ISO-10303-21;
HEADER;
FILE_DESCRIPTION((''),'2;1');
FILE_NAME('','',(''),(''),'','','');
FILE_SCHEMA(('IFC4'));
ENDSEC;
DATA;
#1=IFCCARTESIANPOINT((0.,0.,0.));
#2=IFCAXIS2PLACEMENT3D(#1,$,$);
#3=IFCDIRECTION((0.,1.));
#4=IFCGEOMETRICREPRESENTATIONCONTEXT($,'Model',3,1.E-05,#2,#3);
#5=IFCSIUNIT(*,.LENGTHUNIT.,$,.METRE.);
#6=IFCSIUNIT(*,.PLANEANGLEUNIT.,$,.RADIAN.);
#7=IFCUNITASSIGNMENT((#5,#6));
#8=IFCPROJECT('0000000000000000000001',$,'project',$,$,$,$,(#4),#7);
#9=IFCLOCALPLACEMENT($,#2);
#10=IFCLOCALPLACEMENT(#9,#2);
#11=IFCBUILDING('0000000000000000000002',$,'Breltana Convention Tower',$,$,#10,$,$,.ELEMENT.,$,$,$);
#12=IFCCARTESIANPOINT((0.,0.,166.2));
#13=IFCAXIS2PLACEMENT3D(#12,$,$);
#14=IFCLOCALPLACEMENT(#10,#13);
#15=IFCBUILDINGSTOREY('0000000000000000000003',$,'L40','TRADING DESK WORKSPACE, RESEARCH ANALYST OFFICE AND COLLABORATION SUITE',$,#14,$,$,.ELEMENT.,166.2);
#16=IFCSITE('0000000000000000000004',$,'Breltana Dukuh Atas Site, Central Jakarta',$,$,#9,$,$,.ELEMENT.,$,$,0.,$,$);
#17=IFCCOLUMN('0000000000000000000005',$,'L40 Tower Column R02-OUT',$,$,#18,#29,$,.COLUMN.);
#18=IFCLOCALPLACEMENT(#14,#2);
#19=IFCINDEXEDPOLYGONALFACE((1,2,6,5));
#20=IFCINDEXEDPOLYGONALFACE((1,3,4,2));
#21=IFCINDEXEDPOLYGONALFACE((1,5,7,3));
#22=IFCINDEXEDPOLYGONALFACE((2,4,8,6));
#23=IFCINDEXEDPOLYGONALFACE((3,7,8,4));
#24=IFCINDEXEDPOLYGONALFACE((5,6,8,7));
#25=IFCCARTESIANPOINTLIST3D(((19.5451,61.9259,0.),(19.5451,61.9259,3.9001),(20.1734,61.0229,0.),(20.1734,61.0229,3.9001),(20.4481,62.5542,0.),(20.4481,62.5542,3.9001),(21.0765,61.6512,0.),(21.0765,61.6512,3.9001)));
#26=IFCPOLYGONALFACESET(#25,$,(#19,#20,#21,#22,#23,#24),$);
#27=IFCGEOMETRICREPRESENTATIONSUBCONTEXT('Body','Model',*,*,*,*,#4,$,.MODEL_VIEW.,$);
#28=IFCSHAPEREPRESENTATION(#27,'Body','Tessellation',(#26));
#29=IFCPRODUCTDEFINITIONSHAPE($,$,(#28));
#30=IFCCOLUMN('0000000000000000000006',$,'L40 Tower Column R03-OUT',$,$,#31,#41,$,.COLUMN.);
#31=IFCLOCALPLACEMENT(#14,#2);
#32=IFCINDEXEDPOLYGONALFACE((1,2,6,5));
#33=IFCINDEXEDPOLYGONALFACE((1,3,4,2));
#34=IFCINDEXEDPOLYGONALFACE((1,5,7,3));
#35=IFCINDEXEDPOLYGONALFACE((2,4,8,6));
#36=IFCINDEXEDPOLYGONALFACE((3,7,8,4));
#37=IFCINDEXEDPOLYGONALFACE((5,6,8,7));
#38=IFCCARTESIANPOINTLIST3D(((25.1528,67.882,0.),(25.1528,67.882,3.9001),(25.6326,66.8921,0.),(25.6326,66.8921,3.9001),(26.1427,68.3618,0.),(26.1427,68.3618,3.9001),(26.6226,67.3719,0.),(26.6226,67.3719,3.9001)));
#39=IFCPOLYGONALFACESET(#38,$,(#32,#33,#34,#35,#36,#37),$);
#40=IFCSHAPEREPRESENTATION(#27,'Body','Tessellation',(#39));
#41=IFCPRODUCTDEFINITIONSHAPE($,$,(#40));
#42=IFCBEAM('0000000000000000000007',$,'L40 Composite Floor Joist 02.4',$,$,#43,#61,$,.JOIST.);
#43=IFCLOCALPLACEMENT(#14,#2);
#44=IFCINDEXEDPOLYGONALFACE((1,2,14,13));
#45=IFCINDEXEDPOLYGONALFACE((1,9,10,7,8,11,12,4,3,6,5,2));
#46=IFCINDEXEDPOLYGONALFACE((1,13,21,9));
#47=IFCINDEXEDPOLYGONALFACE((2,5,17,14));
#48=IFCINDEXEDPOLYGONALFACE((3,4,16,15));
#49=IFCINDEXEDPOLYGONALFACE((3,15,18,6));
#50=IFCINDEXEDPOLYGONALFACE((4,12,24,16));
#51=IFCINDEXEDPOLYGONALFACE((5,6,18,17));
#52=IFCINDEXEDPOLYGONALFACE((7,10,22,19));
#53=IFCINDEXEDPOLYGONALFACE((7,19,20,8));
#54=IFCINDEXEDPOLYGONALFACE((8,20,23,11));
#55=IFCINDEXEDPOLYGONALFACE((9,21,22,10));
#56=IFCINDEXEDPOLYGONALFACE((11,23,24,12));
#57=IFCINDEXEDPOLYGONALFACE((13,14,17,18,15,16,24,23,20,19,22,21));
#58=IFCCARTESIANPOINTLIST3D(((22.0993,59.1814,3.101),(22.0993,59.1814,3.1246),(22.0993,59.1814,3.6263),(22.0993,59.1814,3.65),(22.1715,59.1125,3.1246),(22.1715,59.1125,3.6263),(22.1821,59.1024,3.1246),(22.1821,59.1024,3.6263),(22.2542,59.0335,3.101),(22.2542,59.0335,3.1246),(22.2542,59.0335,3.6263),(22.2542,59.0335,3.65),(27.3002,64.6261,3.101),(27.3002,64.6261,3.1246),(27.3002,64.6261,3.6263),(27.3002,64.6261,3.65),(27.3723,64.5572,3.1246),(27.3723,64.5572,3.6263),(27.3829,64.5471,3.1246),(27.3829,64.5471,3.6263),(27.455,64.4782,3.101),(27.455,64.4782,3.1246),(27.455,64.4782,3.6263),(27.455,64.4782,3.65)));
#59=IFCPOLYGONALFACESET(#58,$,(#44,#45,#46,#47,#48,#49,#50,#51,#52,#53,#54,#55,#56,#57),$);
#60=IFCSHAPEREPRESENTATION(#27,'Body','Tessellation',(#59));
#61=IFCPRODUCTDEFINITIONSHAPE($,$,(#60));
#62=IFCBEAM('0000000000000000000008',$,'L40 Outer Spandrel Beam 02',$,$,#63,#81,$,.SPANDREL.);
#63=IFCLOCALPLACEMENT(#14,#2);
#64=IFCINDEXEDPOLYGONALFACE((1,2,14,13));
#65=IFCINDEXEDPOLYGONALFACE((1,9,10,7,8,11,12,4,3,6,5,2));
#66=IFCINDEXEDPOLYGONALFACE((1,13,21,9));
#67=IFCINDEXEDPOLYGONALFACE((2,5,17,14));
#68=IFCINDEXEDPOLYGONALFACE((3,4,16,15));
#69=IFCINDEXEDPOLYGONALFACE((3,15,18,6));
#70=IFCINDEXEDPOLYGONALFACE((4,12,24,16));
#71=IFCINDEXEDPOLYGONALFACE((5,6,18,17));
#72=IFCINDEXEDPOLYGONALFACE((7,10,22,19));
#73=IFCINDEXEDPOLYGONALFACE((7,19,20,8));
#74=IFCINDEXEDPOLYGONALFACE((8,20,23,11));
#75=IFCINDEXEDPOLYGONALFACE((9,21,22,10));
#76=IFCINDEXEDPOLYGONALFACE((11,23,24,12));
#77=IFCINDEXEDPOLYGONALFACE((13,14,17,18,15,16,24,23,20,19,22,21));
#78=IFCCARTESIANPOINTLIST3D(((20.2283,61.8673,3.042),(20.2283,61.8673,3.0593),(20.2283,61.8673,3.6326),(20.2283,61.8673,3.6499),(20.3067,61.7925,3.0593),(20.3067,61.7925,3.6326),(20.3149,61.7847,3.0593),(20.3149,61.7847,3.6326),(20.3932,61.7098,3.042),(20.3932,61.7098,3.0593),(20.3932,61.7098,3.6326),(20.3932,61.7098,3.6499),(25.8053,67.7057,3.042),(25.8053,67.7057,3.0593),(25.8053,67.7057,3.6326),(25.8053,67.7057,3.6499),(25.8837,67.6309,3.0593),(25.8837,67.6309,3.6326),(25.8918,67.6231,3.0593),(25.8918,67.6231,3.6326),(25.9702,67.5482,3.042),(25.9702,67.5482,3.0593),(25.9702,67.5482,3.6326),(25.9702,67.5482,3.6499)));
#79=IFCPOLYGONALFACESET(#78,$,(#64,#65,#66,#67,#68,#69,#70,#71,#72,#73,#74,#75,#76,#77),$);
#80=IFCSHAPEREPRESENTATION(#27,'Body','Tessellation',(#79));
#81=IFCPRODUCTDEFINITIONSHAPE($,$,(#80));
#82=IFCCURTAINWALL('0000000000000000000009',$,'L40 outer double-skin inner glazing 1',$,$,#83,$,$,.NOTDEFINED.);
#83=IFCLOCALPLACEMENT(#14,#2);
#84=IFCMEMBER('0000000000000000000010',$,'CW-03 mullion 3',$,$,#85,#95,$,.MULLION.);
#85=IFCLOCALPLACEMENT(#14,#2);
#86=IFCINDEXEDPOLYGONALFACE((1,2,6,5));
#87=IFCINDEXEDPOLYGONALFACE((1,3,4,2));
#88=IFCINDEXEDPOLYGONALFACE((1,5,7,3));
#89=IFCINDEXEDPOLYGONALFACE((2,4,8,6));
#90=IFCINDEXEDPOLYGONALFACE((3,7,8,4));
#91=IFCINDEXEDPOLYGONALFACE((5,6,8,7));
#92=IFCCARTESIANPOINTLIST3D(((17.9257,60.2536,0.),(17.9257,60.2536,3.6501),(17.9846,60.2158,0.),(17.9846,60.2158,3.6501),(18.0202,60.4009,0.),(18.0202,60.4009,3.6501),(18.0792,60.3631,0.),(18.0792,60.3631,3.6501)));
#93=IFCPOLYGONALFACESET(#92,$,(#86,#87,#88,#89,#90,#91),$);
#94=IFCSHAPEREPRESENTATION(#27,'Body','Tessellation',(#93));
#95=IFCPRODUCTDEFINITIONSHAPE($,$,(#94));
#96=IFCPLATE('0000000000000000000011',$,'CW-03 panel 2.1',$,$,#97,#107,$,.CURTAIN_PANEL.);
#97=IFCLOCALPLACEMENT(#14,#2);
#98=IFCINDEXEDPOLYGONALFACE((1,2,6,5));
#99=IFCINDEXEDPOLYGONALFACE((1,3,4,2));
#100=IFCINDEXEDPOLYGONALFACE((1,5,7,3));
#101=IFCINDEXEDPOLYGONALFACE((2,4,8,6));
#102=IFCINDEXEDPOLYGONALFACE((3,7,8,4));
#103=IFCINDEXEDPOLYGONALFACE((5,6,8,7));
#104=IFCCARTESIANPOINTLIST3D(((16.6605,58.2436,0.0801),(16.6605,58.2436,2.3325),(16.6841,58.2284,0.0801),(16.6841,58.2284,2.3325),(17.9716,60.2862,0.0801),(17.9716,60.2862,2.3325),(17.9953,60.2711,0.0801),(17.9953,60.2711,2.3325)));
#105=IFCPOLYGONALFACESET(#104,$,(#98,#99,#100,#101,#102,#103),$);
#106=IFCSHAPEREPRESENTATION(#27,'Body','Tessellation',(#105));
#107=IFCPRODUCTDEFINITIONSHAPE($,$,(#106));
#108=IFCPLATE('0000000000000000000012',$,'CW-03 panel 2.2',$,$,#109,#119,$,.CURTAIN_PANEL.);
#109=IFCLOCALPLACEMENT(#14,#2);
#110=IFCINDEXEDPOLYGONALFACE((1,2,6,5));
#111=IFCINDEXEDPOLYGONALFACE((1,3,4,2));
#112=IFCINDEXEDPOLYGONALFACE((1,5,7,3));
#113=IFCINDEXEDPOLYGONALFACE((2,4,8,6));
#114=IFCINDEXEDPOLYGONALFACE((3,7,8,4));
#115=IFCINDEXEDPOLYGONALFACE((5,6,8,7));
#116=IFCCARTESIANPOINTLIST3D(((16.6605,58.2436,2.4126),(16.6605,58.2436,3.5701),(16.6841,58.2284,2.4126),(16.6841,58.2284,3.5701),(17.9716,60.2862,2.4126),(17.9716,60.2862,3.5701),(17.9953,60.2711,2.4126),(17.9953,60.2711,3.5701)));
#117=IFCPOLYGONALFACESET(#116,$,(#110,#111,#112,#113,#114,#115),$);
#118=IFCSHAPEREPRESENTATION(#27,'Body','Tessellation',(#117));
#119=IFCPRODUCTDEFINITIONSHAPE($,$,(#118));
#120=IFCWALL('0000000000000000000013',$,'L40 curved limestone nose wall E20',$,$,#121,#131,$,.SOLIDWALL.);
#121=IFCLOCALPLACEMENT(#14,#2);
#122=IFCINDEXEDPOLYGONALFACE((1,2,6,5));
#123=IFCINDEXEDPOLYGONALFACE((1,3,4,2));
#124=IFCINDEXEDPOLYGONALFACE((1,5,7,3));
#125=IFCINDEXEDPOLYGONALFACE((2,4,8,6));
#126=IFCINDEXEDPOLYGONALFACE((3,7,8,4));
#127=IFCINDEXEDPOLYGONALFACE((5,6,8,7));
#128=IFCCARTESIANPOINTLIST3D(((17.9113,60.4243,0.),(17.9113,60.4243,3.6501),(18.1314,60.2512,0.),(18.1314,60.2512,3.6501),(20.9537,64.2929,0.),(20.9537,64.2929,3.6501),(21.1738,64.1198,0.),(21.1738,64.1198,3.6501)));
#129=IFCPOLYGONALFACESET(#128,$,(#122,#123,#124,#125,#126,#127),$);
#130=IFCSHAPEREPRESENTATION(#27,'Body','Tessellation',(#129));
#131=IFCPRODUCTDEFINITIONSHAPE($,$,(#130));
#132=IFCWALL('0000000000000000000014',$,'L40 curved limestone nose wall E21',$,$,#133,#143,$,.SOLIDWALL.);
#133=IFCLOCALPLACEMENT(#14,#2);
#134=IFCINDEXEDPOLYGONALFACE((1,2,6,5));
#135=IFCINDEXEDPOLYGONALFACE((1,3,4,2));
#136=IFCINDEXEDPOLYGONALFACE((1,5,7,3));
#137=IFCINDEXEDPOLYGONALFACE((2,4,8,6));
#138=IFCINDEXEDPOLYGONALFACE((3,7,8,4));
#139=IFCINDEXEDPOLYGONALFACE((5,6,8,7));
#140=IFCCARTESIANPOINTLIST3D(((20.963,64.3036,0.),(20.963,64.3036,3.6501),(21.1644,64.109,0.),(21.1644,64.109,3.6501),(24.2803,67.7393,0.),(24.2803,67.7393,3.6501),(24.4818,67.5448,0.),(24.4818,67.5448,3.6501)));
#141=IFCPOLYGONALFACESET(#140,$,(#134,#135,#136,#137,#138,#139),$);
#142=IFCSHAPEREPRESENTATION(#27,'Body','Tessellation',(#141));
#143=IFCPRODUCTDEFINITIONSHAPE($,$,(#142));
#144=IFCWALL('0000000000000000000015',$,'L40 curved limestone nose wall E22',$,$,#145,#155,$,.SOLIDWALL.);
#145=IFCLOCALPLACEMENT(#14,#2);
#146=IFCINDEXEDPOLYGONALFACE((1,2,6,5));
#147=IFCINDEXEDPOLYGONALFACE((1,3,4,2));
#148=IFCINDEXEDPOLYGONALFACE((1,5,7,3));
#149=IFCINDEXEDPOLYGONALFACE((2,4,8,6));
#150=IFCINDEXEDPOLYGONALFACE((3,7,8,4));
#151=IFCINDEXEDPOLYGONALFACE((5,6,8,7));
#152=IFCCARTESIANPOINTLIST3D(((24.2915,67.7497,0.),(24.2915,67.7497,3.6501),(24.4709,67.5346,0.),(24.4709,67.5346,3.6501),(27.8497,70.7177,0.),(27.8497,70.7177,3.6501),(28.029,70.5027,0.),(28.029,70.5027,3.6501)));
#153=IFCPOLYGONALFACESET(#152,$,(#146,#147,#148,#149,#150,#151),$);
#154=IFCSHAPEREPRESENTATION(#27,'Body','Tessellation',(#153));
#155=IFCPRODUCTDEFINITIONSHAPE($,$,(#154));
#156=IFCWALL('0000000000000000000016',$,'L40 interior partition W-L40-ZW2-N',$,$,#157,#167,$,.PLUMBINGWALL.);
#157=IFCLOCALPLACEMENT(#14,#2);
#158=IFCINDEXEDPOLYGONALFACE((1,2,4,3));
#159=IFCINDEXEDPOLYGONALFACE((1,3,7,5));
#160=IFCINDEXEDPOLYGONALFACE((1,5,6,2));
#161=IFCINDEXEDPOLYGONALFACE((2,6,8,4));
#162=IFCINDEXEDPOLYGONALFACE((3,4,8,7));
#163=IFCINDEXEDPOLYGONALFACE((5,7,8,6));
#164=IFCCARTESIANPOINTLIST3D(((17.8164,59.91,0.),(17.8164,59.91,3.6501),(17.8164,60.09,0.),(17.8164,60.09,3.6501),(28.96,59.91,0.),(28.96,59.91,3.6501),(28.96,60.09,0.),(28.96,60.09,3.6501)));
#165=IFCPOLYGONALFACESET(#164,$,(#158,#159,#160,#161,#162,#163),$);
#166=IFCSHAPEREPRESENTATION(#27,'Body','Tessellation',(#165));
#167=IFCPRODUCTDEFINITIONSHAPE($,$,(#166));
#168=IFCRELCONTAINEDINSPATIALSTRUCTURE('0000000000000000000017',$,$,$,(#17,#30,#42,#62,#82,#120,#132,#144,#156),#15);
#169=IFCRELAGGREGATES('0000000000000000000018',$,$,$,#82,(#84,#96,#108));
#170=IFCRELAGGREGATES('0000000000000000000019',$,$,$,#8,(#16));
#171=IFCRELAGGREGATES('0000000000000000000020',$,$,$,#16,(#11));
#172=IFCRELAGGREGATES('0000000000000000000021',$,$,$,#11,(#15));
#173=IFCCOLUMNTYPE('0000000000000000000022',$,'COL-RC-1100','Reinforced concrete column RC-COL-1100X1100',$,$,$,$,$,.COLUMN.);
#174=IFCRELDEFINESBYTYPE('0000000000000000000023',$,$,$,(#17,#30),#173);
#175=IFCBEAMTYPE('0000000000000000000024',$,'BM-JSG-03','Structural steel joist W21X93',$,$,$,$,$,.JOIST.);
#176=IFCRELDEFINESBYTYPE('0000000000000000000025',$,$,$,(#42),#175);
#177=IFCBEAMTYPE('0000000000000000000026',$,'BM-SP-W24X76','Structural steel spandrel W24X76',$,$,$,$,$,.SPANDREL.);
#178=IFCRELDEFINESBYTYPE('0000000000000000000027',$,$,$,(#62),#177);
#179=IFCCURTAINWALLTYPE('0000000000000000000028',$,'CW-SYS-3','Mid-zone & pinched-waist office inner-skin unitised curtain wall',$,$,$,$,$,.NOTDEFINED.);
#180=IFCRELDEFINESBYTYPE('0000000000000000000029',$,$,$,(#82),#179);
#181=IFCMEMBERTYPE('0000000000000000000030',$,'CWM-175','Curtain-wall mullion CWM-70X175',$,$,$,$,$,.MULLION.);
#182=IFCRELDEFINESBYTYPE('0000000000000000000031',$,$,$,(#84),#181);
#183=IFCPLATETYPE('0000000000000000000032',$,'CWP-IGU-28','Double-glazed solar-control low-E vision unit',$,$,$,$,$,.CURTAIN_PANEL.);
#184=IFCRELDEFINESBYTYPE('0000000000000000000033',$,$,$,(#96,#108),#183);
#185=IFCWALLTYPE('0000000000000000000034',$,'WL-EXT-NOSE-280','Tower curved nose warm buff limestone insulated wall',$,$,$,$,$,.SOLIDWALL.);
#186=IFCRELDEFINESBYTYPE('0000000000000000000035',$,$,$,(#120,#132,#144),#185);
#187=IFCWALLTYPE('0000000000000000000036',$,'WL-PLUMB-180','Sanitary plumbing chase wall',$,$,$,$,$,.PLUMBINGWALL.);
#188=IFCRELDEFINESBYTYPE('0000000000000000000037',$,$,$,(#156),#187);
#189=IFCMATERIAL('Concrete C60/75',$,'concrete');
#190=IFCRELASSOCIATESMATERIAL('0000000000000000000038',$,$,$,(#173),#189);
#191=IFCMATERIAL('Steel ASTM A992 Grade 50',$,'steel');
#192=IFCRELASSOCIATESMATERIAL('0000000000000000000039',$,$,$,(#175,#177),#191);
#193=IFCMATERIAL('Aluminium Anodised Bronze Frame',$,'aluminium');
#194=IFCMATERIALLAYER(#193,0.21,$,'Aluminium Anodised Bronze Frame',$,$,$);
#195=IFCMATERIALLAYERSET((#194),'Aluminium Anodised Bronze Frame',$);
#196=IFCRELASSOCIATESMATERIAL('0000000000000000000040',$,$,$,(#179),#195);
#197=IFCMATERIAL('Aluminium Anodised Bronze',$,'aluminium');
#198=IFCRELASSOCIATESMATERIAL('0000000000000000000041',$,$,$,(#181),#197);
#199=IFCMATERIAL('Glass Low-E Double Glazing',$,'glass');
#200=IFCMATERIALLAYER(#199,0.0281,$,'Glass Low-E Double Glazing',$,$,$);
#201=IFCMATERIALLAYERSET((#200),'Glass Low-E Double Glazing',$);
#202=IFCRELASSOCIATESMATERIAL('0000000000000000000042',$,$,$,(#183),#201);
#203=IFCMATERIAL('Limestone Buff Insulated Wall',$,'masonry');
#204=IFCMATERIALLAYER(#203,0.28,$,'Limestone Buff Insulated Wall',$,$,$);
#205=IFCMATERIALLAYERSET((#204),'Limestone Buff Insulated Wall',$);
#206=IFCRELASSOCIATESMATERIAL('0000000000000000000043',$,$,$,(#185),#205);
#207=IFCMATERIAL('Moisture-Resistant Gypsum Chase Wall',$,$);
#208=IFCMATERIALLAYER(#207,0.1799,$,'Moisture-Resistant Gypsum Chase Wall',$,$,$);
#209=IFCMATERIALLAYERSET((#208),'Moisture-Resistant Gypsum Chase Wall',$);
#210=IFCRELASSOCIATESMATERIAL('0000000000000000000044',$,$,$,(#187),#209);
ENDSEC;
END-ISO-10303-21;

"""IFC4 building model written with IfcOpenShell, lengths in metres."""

from ifc_helpers import new_model, si_unit, direction, frame, frame_2d, origin, origin_2d, place, context, subcontext, project, spatial, rectangle, i_section, extrude, source, transform, mapped, material, layer, layer_set, material_profile, profile_set, type_object, element, aggregate, save


model = new_model("IFC4")

# Units and contexts
model_context = context("Model", 3, precision=1e-05, world=origin(), true_north=direction((0.0, 1.0)))
body_context = subcontext(model_context, "Body", "Model", "MODEL_VIEW")
ifc_project = project(units=[si_unit("LENGTHUNIT", "METRE"), si_unit("PLANEANGLEUNIT", "RADIAN")], contexts=[model_context])

# Site, building, storey
site_placement = place(None, origin())
site = spatial("IfcSite", under=ifc_project, at=site_placement, Name="Breltana Dukuh Atas Site, Central Jakarta", CompositionType="ELEMENT", RefElevation=0.0)
building_placement = place(site_placement, origin())
building = spatial("IfcBuilding", under=site, at=building_placement, Name="Breltana Convention Tower", CompositionType="ELEMENT")
storey_placement = place(building_placement, frame((0.0, 0.0, 166.2)))
storey = spatial("IfcBuildingStorey", under=building, at=storey_placement, Name="L40", Description="TRADING DESK WORKSPACE, RESEARCH ANALYST OFFICE AND COLLABORATION SUITE", CompositionType="ELEMENT", Elevation=166.2)

# Columns
ifc_material_1 = material(Name="Concrete C60/75", Category="concrete")
ifc_material_profile_1 = material_profile(ifc_material_1, rectangle(XDim=1.1001, YDim=1.1001, at=origin_2d()), Name="RC-COL-1100X1100")
ifc_profile_set_1 = profile_set([ifc_material_profile_1], Name="Concrete C60/75")
column_type = type_object("IfcColumnType", Name="COL-RC-1100", Description="Reinforced concrete column RC-COL-1100X1100", PredefinedType="COLUMN", material=ifc_profile_set_1)
shared_shape_1 = source(origin(), body_context, "Body", "SweptSolid", [
    extrude(rectangle(XDim=1.1001, YDim=1.1001, at=origin_2d()), origin(), (0.0, 0.0, 1.0), 3.9001),
])
for number, where, z_axis, x_axis, name in (
    (1, (20.3108, 61.7886, 0.0), (0.0, 0.0, 1.0), (-0.571143, 0.82085, 0.0), "L40 Tower Column R02-OUT"),
    (2, (25.8877, 67.627, 0.0), (0.0, 0.0, 1.0), (-0.436174, 0.899863, 0.0), "L40 Tower Column R03-OUT"),
):
    element("IfcColumn", number, at=place(storey_placement, frame(where, z_axis=z_axis, x_axis=x_axis)), inside=storey, type_object=column_type, Name=name, PredefinedType="COLUMN", context=body_context, shape_type="MappedRepresentation", body=[
        mapped(shared_shape_1, transform((0.0, 0.0, 0.0), scale=1.0)),
    ])

# Beams
ifc_material_2 = material(Name="Steel ASTM A992 Grade 50", Category="steel")
ifc_material_profile_2 = material_profile(ifc_material_2, i_section(OverallWidth=0.2141, OverallDepth=0.5491, WebThickness=0.0146, FlangeThickness=0.0237, at=origin_2d()), Name="W21X93")
ifc_profile_set_2 = profile_set([ifc_material_profile_2], Name="Steel ASTM A992 Grade 50")
beam_type_1 = type_object("IfcBeamType", Name="BM-JSG-03", Description="Structural steel joist W21X93", PredefinedType="JOIST", material=ifc_profile_set_2)
shared_shape_2 = source(origin(), body_context, "Body", "SweptSolid", [
    extrude(i_section(OverallWidth=0.2141, OverallDepth=0.5491, WebThickness=0.0146, FlangeThickness=0.0237, at=origin_2d()), origin(), (0.0, 0.0, 1.0), 7.5295),
])
beam_1_placement = place(storey_placement, frame((22.1768, 59.1074, 3.3755), z_axis=(0.690726, 0.723117, 0.0), x_axis=(-0.723117, 0.690726, 0.0)))
element("IfcBeam", 3, at=beam_1_placement, inside=storey, type_object=beam_type_1, Name="L40 Composite Floor Joist 02.4", PredefinedType="JOIST", context=body_context, shape_type="MappedRepresentation", body=[
    mapped(shared_shape_2, transform((0.0, 0.0, 0.0), scale=1.0)),
])
ifc_material_profile_3 = material_profile(ifc_material_2, i_section(OverallWidth=0.228, OverallDepth=0.6079, WebThickness=0.0112, FlangeThickness=0.0173, at=origin_2d()), Name="W24X76")
ifc_profile_set_3 = profile_set([ifc_material_profile_3], Name="Steel ASTM A992 Grade 50")
beam_type_2 = type_object("IfcBeamType", Name="BM-SP-W24X76", Description="Structural steel spandrel W24X76", PredefinedType="SPANDREL", material=ifc_profile_set_3)
shared_shape_3 = source(origin(), body_context, "Body", "SweptSolid", [
    extrude(i_section(OverallWidth=0.228, OverallDepth=0.6079, WebThickness=0.0112, FlangeThickness=0.0173, at=origin_2d()), origin(), (0.0, 0.0, 1.0), 8.074),
])
beam_2_placement = place(storey_placement, frame((20.3108, 61.7886, 3.3459), z_axis=(0.690729, 0.723114, 0.0), x_axis=(-0.723114, 0.690729, 0.0)))
element("IfcBeam", 4, at=beam_2_placement, inside=storey, type_object=beam_type_2, Name="L40 Outer Spandrel Beam 02", PredefinedType="SPANDREL", context=body_context, shape_type="MappedRepresentation", body=[
    mapped(shared_shape_3, transform((0.0, 0.0, 0.0), scale=1.0)),
])

# Curtain wall, member, plates
ifc_material_3 = material(Name="Aluminium Anodised Bronze Frame", Category="aluminium")
ifc_layer_1 = layer(ifc_material_3, 0.21, Name="Aluminium Anodised Bronze Frame")
ifc_layer_set_1 = layer_set([ifc_layer_1], Name="Aluminium Anodised Bronze Frame")
curtain_wall_type = type_object("IfcCurtainWallType", Name="CW-SYS-3", Description="Mid-zone & pinched-waist office inner-skin unitised curtain wall", PredefinedType="NOTDEFINED", material=ifc_layer_set_1)
curtain_wall_placement = place(storey_placement, origin())
curtain_wall = element("IfcCurtainWall", 5, at=curtain_wall_placement, inside=storey, type_object=curtain_wall_type, Name="L40 outer double-skin inner glazing 1", PredefinedType="NOTDEFINED")
ifc_material_4 = material(Name="Aluminium Anodised Bronze", Category="aluminium")
ifc_material_profile_4 = material_profile(ifc_material_4, rectangle(XDim=0.0701, YDim=0.175, at=origin_2d()), Name="CWM-70X175")
ifc_profile_set_4 = profile_set([ifc_material_profile_4], Name="Aluminium Anodised Bronze")
member_type = type_object("IfcMemberType", Name="CWM-175", Description="Curtain-wall mullion CWM-70X175", PredefinedType="MULLION", material=ifc_profile_set_4)
shared_shape_4 = source(origin(), body_context, "Body", "SweptSolid", [
    extrude(rectangle(XDim=0.0701, YDim=0.175, at=origin_2d()), origin(), (0.0, 0.0, 1.0), 3.6501),
])
member_placement = place(storey_placement, frame((18.0024, 60.3083, 0.0), z_axis=(0.0, 0.0, 1.0), x_axis=(-0.841554, 0.540173, 0.0)))
member = element("IfcMember", 6, at=member_placement, type_object=member_type, Name="CW-03 mullion 3", PredefinedType="MULLION", context=body_context, shape_type="MappedRepresentation", body=[
    mapped(shared_shape_4, transform((0.0, 0.0, 0.0), scale=1.0)),
])
ifc_material_5 = material(Name="Glass Low-E Double Glazing", Category="glass")
ifc_layer_2 = layer(ifc_material_5, 0.0281, Name="Glass Low-E Double Glazing")
ifc_layer_set_2 = layer_set([ifc_layer_2], Name="Glass Low-E Double Glazing")
plate_type = type_object("IfcPlateType", Name="CWP-IGU-28", Description="Double-glazed solar-control low-E vision unit", PredefinedType="CURTAIN_PANEL", material=ifc_layer_set_2)
shared_shape_5 = source(origin(), body_context, "Body", "SweptSolid", [
    extrude(rectangle(XDim=2.4272, YDim=0.0281, at=origin_2d()), origin(), (0.0, 0.0, 1.0), 2.2524),
])
plate_1_placement = place(storey_placement, frame((17.3279, 59.2573, 0.0801), z_axis=(0.0, 0.0, 1.0), x_axis=(0.540173, 0.841554, 0.0)))
plate_1 = element("IfcPlate", 7, at=plate_1_placement, type_object=plate_type, Name="CW-03 panel 2.1", PredefinedType="CURTAIN_PANEL", context=body_context, shape_type="MappedRepresentation", body=[
    mapped(shared_shape_5, transform((0.0, 0.0, 0.0), scale=1.0)),
])
shared_shape_6 = source(origin(), body_context, "Body", "SweptSolid", [
    extrude(rectangle(XDim=2.4272, YDim=0.0281, at=origin_2d()), origin(), (0.0, 0.0, 1.0), 1.1575),
])
plate_2_placement = place(storey_placement, frame((17.3279, 59.2573, 2.4126), z_axis=(0.0, 0.0, 1.0), x_axis=(0.540173, 0.841554, 0.0)))
plate_2 = element("IfcPlate", 8, at=plate_2_placement, type_object=plate_type, Name="CW-03 panel 2.2", PredefinedType="CURTAIN_PANEL", context=body_context, shape_type="MappedRepresentation", body=[
    mapped(shared_shape_6, transform((0.0, 0.0, 0.0), scale=1.0)),
])
aggregate(curtain_wall, [member, plate_1, plate_2])

# Walls
ifc_material_6 = material(Name="Limestone Buff Insulated Wall", Category="masonry")
ifc_layer_3 = layer(ifc_material_6, 0.28, Name="Limestone Buff Insulated Wall")
ifc_layer_set_3 = layer_set([ifc_layer_3], Name="Limestone Buff Insulated Wall")
wall_type_1 = type_object("IfcWallType", Name="WL-EXT-NOSE-280", Description="Tower curved nose warm buff limestone insulated wall", PredefinedType="SOLIDWALL", material=ifc_layer_set_3)
shared_shape_7 = source(origin(), body_context, "Body", "SweptSolid", [
    extrude(rectangle(XDim=4.9216, YDim=0.28, at=frame_2d((2.4609, 0.0))), origin(), (0.0, 0.0, 1.0), 3.6501),
])
wall_1_placement = place(storey_placement, frame((18.0212, 60.3376, 0.0), z_axis=(0.0, 0.0, 1.0), x_axis=(0.618176, 0.786039, 0.0)))
element("IfcWall", 9, at=wall_1_placement, inside=storey, type_object=wall_type_1, Name="L40 curved limestone nose wall E20", PredefinedType="SOLIDWALL", context=body_context, shape_type="MappedRepresentation", body=[
    mapped(shared_shape_7, transform((0.0, 0.0, 0.0), scale=1.0)),
])
shared_shape_8 = source(origin(), body_context, "Body", "SweptSolid", [
    extrude(rectangle(XDim=4.7759, YDim=0.28, at=frame_2d((2.3879, 0.0))), origin(), (0.0, 0.0, 1.0), 3.6501),
])
wall_2_placement = place(storey_placement, frame((21.0637, 64.2063, 0.0), z_axis=(0.0, 0.0, 1.0), x_axis=(0.694602, 0.719394, 0.0)))
element("IfcWall", 10, at=wall_2_placement, inside=storey, type_object=wall_type_1, Name="L40 curved limestone nose wall E21", PredefinedType="SOLIDWALL", context=body_context, shape_type="MappedRepresentation", body=[
    mapped(shared_shape_8, transform((0.0, 0.0, 0.0), scale=1.0)),
])
shared_shape_9 = source(origin(), body_context, "Body", "SweptSolid", [
    extrude(rectangle(XDim=4.6335, YDim=0.28, at=frame_2d((2.3169, 0.0))), origin(), (0.0, 0.0, 1.0), 3.6501),
])
wall_3_placement = place(storey_placement, frame((24.3811, 67.6421, 0.0), z_axis=(0.0, 0.0, 1.0), x_axis=(0.76791, 0.640557, 0.0)))
element("IfcWall", 11, at=wall_3_placement, inside=storey, type_object=wall_type_1, Name="L40 curved limestone nose wall E22", PredefinedType="SOLIDWALL", context=body_context, shape_type="MappedRepresentation", body=[
    mapped(shared_shape_9, transform((0.0, 0.0, 0.0), scale=1.0)),
])
ifc_material_7 = material(Name="Moisture-Resistant Gypsum Chase Wall")
ifc_layer_4 = layer(ifc_material_7, 0.1799, Name="Moisture-Resistant Gypsum Chase Wall")
ifc_layer_set_4 = layer_set([ifc_layer_4], Name="Moisture-Resistant Gypsum Chase Wall")
wall_type_2 = type_object("IfcWallType", Name="WL-PLUMB-180", Description="Sanitary plumbing chase wall", PredefinedType="PLUMBINGWALL", material=ifc_layer_set_4)
shared_shape_10 = source(origin(), body_context, "Body", "SweptSolid", [
    extrude(rectangle(XDim=11.1436, YDim=0.1799, at=frame_2d((5.5718, 0.0))), origin(), (0.0, 0.0, 1.0), 3.6501),
])
wall_4_placement = place(storey_placement, frame((17.8164, 60.0, 0.0), z_axis=(0.0, 0.0, 1.0), x_axis=(1.0, 0.0, 0.0)))
element("IfcWall", 12, at=wall_4_placement, inside=storey, type_object=wall_type_2, Name="L40 interior partition W-L40-ZW2-N", PredefinedType="PLUMBINGWALL", context=body_context, shape_type="MappedRepresentation", body=[
    mapped(shared_shape_10, transform((0.0, 0.0, 0.0), scale=1.0)),
])

save(model, "model.ifc")
